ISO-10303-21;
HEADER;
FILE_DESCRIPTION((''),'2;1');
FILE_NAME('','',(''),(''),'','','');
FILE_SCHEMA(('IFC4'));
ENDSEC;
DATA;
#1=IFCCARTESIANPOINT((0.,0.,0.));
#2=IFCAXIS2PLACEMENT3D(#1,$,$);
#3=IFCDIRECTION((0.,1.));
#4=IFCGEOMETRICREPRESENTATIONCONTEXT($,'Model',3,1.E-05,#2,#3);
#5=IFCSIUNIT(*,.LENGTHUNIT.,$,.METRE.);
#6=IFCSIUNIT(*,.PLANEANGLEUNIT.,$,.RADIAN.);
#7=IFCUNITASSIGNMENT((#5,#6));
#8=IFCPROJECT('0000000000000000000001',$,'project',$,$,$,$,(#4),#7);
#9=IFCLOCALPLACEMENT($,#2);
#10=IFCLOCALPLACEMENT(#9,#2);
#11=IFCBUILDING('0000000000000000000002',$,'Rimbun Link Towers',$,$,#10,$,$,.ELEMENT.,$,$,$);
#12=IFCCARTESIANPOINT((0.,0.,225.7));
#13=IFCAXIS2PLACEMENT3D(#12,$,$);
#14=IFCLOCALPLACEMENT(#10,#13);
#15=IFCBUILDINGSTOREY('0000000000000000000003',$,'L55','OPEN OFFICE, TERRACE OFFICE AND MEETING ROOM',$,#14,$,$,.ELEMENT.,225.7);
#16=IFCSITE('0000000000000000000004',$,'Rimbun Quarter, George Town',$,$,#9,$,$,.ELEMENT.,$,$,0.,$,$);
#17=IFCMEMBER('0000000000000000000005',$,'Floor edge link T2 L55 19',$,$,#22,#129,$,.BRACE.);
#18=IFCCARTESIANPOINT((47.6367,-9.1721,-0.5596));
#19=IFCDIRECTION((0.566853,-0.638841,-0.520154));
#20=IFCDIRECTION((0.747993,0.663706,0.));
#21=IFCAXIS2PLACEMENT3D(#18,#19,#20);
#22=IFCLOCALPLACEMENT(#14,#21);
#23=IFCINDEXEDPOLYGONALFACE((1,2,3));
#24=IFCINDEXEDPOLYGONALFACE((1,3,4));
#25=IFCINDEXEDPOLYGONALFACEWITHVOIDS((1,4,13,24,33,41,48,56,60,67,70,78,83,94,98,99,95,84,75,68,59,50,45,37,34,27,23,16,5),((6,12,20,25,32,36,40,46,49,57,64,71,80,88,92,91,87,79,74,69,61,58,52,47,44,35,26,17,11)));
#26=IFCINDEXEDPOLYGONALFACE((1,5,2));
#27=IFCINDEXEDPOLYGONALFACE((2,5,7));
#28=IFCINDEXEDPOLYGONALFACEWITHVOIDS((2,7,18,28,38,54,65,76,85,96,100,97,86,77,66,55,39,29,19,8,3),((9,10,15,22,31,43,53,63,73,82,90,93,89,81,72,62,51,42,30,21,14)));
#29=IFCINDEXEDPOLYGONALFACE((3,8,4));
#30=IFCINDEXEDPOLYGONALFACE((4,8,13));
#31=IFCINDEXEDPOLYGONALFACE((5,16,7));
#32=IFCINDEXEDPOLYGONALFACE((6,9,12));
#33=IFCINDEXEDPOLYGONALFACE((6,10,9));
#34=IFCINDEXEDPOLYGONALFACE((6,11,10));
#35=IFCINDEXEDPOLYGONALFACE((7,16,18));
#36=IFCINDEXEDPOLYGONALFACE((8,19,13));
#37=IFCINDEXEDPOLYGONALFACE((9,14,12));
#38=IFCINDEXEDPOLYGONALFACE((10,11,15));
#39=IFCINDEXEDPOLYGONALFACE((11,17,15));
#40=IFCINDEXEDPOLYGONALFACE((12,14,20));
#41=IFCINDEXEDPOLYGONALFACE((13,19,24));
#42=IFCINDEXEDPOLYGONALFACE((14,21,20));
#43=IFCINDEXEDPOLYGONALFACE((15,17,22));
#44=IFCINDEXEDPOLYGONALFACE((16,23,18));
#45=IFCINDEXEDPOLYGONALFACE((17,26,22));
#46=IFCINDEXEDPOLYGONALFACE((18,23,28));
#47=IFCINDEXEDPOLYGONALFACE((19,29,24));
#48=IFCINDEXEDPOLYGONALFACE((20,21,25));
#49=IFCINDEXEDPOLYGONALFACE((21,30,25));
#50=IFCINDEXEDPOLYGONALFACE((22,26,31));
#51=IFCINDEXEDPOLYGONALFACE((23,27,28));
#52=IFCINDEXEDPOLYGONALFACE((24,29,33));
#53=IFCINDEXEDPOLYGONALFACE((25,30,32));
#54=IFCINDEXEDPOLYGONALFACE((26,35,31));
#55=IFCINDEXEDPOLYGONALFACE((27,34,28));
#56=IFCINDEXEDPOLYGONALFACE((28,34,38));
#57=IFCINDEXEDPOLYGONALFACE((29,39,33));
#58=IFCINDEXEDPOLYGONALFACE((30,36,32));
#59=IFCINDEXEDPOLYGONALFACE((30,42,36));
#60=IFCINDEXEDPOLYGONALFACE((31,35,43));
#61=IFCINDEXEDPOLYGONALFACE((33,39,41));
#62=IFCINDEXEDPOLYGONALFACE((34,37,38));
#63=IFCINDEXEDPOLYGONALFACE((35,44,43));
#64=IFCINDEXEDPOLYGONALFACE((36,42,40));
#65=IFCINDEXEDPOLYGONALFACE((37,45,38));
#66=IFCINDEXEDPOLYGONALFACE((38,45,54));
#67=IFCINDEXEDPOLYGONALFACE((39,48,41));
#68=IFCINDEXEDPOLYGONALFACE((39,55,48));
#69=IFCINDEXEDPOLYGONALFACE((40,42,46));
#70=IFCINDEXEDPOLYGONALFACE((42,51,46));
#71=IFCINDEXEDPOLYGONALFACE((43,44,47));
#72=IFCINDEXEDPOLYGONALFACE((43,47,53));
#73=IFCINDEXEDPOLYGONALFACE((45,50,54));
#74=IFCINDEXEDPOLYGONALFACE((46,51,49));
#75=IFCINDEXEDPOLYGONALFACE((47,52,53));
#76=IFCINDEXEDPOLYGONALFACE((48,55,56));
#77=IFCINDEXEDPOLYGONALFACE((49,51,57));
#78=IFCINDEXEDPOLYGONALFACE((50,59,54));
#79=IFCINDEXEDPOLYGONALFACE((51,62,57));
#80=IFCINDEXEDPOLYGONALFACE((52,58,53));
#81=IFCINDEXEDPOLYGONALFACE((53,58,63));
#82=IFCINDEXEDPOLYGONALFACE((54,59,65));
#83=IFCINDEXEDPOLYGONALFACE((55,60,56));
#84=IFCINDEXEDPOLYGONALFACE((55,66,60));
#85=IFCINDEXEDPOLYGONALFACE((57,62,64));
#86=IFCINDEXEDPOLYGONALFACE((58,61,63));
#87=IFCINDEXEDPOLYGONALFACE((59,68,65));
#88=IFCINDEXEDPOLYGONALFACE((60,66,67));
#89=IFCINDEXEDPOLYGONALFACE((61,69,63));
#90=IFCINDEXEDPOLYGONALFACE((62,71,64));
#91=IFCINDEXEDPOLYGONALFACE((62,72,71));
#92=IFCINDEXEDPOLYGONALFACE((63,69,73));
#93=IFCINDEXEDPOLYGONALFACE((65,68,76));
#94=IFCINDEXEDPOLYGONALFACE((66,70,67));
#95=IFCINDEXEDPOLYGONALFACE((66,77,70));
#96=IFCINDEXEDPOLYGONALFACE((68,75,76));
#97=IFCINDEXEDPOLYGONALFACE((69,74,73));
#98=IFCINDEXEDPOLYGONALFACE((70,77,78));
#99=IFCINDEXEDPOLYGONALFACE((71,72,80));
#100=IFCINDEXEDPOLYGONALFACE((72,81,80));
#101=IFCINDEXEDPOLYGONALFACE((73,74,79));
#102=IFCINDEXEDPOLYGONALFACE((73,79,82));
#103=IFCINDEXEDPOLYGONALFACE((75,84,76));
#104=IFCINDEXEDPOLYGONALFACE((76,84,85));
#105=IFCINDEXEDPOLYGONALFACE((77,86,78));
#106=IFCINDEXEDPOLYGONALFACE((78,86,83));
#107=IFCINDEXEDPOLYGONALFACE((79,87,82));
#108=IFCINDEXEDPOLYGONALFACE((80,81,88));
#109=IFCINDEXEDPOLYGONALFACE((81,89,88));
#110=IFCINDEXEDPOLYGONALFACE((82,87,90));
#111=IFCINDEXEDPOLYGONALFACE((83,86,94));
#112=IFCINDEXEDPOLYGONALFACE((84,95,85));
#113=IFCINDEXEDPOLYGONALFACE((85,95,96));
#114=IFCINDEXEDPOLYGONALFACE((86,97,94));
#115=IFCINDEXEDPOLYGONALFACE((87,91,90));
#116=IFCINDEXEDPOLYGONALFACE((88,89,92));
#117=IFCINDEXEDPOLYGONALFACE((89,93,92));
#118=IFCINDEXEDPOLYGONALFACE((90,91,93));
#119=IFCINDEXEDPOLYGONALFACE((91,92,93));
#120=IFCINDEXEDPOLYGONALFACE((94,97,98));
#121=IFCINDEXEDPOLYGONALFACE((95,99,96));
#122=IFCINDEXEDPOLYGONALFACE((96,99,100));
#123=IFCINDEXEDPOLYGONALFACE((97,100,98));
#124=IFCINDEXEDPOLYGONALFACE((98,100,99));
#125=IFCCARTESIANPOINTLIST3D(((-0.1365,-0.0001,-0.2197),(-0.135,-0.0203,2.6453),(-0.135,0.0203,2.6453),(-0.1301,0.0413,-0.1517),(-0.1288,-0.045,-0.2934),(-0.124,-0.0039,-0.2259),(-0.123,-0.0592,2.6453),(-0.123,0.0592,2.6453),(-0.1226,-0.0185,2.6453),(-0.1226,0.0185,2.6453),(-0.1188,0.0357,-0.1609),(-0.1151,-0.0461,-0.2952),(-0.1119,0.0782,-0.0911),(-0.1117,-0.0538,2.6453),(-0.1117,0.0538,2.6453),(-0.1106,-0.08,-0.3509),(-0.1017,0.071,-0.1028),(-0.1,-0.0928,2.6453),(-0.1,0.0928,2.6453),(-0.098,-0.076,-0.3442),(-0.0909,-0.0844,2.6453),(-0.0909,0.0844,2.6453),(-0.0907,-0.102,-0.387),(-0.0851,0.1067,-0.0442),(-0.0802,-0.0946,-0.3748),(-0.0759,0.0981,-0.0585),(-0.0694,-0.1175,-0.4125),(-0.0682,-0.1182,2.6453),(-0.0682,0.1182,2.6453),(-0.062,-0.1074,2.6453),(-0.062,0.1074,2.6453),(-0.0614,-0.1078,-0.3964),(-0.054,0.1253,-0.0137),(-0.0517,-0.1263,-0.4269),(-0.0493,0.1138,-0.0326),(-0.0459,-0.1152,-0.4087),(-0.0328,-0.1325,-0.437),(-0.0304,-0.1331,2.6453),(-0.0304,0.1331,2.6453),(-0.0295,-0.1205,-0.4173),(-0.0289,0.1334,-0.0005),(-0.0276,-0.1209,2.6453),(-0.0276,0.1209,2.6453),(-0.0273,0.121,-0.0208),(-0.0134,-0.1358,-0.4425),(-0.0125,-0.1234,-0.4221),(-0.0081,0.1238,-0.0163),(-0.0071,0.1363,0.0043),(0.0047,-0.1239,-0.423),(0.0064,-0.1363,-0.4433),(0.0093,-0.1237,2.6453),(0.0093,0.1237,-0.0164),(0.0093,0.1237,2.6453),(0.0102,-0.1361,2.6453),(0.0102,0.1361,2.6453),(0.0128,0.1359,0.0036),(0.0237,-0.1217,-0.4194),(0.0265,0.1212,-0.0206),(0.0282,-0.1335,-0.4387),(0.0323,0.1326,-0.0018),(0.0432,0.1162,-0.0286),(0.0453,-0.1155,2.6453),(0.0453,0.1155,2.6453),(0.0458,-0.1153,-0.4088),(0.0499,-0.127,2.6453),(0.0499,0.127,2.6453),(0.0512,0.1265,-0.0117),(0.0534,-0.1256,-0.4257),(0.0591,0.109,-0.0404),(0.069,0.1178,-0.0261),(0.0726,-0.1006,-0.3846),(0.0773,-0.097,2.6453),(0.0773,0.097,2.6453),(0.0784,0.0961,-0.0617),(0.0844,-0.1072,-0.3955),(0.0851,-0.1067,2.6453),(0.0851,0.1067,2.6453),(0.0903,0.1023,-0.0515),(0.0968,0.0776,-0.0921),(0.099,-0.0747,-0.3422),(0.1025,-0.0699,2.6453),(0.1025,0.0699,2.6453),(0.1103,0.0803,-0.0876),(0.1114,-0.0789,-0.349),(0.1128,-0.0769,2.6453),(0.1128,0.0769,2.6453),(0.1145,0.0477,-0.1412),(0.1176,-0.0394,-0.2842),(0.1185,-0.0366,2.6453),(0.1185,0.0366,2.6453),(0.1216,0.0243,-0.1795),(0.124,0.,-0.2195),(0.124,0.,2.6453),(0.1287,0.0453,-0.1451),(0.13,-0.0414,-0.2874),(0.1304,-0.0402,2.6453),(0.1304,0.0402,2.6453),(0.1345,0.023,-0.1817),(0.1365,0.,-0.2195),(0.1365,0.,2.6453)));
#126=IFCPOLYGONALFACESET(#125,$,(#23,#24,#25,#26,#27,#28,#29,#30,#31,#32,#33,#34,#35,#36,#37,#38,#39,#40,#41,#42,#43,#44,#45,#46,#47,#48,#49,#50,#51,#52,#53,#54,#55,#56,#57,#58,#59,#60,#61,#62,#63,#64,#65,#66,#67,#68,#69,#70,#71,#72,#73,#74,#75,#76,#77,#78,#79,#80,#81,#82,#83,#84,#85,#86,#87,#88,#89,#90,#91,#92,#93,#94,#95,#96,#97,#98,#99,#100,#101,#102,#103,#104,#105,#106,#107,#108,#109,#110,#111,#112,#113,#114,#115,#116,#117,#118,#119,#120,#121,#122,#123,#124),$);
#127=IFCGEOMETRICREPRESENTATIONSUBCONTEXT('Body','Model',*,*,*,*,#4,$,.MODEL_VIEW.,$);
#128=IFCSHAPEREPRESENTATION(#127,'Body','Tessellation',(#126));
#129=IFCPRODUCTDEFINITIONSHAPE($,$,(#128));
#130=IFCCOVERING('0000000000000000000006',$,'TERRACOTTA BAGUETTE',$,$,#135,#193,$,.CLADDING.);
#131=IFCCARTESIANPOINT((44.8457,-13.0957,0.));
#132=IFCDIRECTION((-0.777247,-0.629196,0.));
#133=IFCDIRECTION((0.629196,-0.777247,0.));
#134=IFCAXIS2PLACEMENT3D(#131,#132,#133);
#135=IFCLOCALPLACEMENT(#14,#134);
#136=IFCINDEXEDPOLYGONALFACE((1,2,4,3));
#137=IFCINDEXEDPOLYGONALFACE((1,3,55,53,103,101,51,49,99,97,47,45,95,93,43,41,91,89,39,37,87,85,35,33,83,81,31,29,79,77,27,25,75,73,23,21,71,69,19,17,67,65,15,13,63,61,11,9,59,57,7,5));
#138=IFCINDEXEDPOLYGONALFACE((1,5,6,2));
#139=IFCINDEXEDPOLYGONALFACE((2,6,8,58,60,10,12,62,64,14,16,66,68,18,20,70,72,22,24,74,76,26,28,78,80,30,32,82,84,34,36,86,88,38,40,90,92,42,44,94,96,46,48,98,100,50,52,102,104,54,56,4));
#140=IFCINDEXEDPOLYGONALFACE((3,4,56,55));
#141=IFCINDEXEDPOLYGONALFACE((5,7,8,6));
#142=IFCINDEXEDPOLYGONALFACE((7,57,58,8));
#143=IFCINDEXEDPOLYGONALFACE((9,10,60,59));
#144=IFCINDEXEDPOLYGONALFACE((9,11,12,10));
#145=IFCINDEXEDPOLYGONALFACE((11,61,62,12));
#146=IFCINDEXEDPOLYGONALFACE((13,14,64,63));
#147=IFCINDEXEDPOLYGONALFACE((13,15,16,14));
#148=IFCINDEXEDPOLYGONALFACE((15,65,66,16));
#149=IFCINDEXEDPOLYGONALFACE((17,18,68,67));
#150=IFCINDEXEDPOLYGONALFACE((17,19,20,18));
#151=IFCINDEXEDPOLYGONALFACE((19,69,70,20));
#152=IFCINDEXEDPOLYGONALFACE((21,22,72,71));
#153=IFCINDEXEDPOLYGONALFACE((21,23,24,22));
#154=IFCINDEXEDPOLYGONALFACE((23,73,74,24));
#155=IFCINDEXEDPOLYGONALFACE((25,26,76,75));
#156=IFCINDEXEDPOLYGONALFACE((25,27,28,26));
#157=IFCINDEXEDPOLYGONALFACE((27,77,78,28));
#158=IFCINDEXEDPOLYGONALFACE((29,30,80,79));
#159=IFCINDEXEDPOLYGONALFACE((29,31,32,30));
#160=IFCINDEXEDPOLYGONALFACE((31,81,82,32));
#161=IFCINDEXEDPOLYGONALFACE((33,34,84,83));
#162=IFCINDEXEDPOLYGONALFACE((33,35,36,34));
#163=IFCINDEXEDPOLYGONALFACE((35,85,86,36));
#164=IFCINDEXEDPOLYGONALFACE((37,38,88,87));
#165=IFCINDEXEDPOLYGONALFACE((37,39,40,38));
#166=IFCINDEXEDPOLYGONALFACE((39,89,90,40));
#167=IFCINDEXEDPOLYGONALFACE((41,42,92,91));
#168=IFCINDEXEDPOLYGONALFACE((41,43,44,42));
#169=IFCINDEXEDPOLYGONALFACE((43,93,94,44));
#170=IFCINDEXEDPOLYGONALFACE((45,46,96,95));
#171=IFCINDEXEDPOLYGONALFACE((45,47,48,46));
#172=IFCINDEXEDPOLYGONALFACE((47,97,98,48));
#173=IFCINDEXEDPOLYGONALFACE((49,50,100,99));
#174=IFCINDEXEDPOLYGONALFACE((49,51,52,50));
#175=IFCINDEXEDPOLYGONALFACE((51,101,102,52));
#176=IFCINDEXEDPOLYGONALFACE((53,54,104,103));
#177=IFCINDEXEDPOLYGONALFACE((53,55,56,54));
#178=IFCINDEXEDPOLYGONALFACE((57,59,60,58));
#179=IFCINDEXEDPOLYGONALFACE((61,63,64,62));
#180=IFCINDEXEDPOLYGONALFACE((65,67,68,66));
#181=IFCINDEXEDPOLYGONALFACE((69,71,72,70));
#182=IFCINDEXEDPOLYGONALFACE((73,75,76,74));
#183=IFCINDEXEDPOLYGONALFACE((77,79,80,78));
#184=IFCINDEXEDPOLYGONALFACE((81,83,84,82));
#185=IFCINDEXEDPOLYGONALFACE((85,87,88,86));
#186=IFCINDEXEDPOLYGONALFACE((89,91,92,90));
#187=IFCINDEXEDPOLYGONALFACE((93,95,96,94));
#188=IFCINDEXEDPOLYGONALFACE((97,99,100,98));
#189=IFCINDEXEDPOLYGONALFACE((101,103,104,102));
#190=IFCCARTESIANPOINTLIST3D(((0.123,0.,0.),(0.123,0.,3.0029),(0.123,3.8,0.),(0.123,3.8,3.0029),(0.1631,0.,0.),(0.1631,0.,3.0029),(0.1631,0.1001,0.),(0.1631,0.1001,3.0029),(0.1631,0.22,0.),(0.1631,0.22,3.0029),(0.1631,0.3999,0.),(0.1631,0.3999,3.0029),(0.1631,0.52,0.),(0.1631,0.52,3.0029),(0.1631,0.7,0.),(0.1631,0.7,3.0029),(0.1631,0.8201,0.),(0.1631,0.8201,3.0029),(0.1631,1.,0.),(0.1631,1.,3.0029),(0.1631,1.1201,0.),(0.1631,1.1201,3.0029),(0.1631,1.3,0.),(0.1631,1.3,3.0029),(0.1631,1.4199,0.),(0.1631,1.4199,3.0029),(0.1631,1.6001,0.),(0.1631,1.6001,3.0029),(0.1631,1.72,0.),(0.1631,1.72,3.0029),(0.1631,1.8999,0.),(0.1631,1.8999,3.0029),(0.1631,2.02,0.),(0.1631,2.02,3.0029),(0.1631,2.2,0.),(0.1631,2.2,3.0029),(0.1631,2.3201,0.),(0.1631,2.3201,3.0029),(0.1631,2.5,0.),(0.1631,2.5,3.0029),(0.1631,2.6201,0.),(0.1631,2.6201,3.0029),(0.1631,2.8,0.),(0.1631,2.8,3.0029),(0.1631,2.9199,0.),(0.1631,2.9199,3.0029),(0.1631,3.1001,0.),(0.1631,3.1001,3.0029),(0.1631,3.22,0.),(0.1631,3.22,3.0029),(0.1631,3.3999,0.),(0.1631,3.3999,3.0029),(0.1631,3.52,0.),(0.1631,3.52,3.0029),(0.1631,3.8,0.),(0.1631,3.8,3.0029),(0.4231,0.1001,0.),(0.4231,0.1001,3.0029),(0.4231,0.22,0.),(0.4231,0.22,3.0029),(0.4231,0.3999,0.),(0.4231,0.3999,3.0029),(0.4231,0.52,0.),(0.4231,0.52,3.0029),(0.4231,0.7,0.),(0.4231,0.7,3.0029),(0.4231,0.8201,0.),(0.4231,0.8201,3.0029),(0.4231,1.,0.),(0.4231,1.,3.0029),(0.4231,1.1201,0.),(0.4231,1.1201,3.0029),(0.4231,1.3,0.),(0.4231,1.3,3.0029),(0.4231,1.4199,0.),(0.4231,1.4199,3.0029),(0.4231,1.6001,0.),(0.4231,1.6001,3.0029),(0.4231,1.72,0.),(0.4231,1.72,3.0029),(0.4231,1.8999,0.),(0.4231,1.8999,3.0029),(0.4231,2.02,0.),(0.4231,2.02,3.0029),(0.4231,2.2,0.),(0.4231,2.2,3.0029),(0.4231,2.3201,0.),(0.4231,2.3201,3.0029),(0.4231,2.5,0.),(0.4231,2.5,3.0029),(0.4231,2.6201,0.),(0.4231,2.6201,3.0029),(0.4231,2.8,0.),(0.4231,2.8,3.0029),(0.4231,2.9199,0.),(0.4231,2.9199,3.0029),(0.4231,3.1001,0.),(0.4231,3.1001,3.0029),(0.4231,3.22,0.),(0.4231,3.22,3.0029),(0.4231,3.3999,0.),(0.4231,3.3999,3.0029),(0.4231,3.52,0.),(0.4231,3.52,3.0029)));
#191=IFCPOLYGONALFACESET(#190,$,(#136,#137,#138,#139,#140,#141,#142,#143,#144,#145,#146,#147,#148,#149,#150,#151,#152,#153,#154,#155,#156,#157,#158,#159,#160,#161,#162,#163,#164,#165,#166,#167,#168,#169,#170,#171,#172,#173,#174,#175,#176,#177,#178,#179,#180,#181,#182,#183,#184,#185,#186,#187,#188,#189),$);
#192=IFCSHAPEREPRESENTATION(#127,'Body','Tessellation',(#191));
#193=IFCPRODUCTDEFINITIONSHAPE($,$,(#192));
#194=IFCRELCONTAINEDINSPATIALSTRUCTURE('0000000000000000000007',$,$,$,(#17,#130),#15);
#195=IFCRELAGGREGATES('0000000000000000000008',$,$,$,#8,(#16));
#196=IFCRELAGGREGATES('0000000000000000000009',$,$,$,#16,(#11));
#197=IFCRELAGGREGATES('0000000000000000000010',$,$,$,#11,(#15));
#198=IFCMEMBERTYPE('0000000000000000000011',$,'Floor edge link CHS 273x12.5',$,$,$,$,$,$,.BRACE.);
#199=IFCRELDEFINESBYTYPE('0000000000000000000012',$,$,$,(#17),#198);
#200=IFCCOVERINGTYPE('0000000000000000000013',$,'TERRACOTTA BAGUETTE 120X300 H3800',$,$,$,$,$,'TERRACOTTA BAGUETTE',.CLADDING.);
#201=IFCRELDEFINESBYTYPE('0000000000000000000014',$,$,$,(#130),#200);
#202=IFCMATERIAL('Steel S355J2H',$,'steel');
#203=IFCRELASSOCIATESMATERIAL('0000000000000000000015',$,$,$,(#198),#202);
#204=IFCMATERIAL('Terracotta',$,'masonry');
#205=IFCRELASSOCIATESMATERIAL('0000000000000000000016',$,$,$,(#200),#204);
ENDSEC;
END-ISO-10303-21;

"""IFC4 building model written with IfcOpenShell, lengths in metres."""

from ifc_helpers import new_model, si_unit, direction, frame, origin, origin_2d, place, context, subcontext, project, spatial, polyline, hollow_circle, outline, extrude, clip, halfspace, material, material_profile, profile_set, type_object, element, save


model = new_model("IFC4")

# Units and contexts
model_context = context("Model", 3, precision=1e-05, world=origin(), true_north=direction((0.0, 1.0)))
body_context = subcontext(model_context, "Body", "Model", "MODEL_VIEW")
ifc_project = project(units=[si_unit("LENGTHUNIT", "METRE"), si_unit("PLANEANGLEUNIT", "RADIAN")], contexts=[model_context])

# Site, building, storey
site_placement = place(None, origin())
site = spatial("IfcSite", under=ifc_project, at=site_placement, Name="Rimbun Quarter, George Town", CompositionType="ELEMENT", RefElevation=0.0)
building_placement = place(site_placement, origin())
building = spatial("IfcBuilding", under=site, at=building_placement, Name="Rimbun Link Towers", CompositionType="ELEMENT")
storey_placement = place(building_placement, frame((0.0, 0.0, 225.7)))
storey = spatial("IfcBuildingStorey", under=building, at=storey_placement, Name="L55", Description="OPEN OFFICE, TERRACE OFFICE AND MEETING ROOM", CompositionType="ELEMENT", Elevation=225.7)

# Member
ifc_material_1 = material(Name="Steel S355J2H", Category="steel")
ifc_material_profile_1 = material_profile(ifc_material_1, hollow_circle(Radius=0.1365, WallThickness=0.0125, at=origin_2d()), Name="CHS 273x12.5")
ifc_profile_set_1 = profile_set([ifc_material_profile_1], Name="Steel S355J2H")
member_type_1 = type_object("IfcMemberType", Name="Floor edge link CHS 273x12.5", PredefinedType="BRACE", material=ifc_profile_set_1)
member_1_placement = place(storey_placement, frame((47.6367, -9.1721, -0.5596), z_axis=(0.566853, -0.638841, -0.520154), x_axis=(0.747993, 0.663706, 0.0)))
element("IfcMember", 1, at=member_1_placement, inside=storey, type_object=member_type_1, Name="Floor edge link T2 L55 19", PredefinedType="BRACE", context=body_context, shape_type="Clipping", body=[
    clip(extrude(hollow_circle(Radius=0.1365, WallThickness=0.0125, at=origin_2d()), frame((0.0, 0.0, -0.4675)), (0.0, 0.0, 1.0), 3.1128), halfspace(frame((0.0, 0.0, -0.2195), z_axis=(0.0, 0.854073, -0.520154)), False)),
])

# Covering
ifc_material_2 = material(Name="Terracotta", Category="masonry")
ifc_material_profile_2 = material_profile(ifc_material_2, outline(polyline([(0.123, 0.0), (0.1631, 0.0), (0.1631, 0.1001), (0.4231, 0.1001), (0.4231, 0.22), (0.1631, 0.22), (0.1631, 0.3999), (0.4231, 0.3999), (0.4231, 0.52), (0.1631, 0.52), (0.1631, 0.7), (0.4231, 0.7), (0.4231, 0.8201), (0.1631, 0.8201), (0.1631, 1.0), (0.4231, 1.0), (0.4231, 1.1201), (0.1631, 1.1201), (0.1631, 1.3), (0.4231, 1.3), (0.4231, 1.4199), (0.1631, 1.4199), (0.1631, 1.6001), (0.4231, 1.6001), (0.4231, 1.72), (0.1631, 1.72), (0.1631, 1.8999), (0.4231, 1.8999), (0.4231, 2.02), (0.1631, 2.02), (0.1631, 2.2), (0.4231, 2.2), (0.4231, 2.3201), (0.1631, 2.3201), (0.1631, 2.5), (0.4231, 2.5), (0.4231, 2.6201), (0.1631, 2.6201), (0.1631, 2.8), (0.4231, 2.8), (0.4231, 2.9199), (0.1631, 2.9199), (0.1631, 3.1001), (0.4231, 3.1001), (0.4231, 3.22), (0.1631, 3.22), (0.1631, 3.3999), (0.4231, 3.3999), (0.4231, 3.52), (0.1631, 3.52), (0.1631, 3.8), (0.123, 3.8), (0.123, 0.0)])), Name="BAGUETTE 120X300")
ifc_profile_set_2 = profile_set([ifc_material_profile_2], Name="Terracotta")
covering_type = type_object("IfcCoveringType", Name="TERRACOTTA BAGUETTE 120X300 H3800", ElementType="TERRACOTTA BAGUETTE", PredefinedType="CLADDING", material=ifc_profile_set_2)
covering_1_placement = place(storey_placement, frame((44.8457, -13.0957, 0.0), z_axis=(-0.777247, -0.629196, 0.0), x_axis=(0.629196, -0.777247, 0.0)))
element("IfcCovering", 2, at=covering_1_placement, inside=storey, type_object=covering_type, Name="TERRACOTTA BAGUETTE", PredefinedType="CLADDING", context=body_context, shape_type="SweptSolid", body=[
    extrude(outline(polyline([(0.123, 0.0), (0.1631, 0.0), (0.1631, 0.1001), (0.4231, 0.1001), (0.4231, 0.22), (0.1631, 0.22), (0.1631, 0.3999), (0.4231, 0.3999), (0.4231, 0.52), (0.1631, 0.52), (0.1631, 0.7), (0.4231, 0.7), (0.4231, 0.8201), (0.1631, 0.8201), (0.1631, 1.0), (0.4231, 1.0), (0.4231, 1.1201), (0.1631, 1.1201), (0.1631, 1.3), (0.4231, 1.3), (0.4231, 1.4199), (0.1631, 1.4199), (0.1631, 1.6001), (0.4231, 1.6001), (0.4231, 1.72), (0.1631, 1.72), (0.1631, 1.8999), (0.4231, 1.8999), (0.4231, 2.02), (0.1631, 2.02), (0.1631, 2.2), (0.4231, 2.2), (0.4231, 2.3201), (0.1631, 2.3201), (0.1631, 2.5), (0.4231, 2.5), (0.4231, 2.6201), (0.1631, 2.6201), (0.1631, 2.8), (0.4231, 2.8), (0.4231, 2.9199), (0.1631, 2.9199), (0.1631, 3.1001), (0.4231, 3.1001), (0.4231, 3.22), (0.1631, 3.22), (0.1631, 3.3999), (0.4231, 3.3999), (0.4231, 3.52), (0.1631, 3.52), (0.1631, 3.8), (0.123, 3.8), (0.123, 0.0)])), origin(), (0.0, 0.0, 1.0), 3.0029),
])

save(model, "model.ifc")
